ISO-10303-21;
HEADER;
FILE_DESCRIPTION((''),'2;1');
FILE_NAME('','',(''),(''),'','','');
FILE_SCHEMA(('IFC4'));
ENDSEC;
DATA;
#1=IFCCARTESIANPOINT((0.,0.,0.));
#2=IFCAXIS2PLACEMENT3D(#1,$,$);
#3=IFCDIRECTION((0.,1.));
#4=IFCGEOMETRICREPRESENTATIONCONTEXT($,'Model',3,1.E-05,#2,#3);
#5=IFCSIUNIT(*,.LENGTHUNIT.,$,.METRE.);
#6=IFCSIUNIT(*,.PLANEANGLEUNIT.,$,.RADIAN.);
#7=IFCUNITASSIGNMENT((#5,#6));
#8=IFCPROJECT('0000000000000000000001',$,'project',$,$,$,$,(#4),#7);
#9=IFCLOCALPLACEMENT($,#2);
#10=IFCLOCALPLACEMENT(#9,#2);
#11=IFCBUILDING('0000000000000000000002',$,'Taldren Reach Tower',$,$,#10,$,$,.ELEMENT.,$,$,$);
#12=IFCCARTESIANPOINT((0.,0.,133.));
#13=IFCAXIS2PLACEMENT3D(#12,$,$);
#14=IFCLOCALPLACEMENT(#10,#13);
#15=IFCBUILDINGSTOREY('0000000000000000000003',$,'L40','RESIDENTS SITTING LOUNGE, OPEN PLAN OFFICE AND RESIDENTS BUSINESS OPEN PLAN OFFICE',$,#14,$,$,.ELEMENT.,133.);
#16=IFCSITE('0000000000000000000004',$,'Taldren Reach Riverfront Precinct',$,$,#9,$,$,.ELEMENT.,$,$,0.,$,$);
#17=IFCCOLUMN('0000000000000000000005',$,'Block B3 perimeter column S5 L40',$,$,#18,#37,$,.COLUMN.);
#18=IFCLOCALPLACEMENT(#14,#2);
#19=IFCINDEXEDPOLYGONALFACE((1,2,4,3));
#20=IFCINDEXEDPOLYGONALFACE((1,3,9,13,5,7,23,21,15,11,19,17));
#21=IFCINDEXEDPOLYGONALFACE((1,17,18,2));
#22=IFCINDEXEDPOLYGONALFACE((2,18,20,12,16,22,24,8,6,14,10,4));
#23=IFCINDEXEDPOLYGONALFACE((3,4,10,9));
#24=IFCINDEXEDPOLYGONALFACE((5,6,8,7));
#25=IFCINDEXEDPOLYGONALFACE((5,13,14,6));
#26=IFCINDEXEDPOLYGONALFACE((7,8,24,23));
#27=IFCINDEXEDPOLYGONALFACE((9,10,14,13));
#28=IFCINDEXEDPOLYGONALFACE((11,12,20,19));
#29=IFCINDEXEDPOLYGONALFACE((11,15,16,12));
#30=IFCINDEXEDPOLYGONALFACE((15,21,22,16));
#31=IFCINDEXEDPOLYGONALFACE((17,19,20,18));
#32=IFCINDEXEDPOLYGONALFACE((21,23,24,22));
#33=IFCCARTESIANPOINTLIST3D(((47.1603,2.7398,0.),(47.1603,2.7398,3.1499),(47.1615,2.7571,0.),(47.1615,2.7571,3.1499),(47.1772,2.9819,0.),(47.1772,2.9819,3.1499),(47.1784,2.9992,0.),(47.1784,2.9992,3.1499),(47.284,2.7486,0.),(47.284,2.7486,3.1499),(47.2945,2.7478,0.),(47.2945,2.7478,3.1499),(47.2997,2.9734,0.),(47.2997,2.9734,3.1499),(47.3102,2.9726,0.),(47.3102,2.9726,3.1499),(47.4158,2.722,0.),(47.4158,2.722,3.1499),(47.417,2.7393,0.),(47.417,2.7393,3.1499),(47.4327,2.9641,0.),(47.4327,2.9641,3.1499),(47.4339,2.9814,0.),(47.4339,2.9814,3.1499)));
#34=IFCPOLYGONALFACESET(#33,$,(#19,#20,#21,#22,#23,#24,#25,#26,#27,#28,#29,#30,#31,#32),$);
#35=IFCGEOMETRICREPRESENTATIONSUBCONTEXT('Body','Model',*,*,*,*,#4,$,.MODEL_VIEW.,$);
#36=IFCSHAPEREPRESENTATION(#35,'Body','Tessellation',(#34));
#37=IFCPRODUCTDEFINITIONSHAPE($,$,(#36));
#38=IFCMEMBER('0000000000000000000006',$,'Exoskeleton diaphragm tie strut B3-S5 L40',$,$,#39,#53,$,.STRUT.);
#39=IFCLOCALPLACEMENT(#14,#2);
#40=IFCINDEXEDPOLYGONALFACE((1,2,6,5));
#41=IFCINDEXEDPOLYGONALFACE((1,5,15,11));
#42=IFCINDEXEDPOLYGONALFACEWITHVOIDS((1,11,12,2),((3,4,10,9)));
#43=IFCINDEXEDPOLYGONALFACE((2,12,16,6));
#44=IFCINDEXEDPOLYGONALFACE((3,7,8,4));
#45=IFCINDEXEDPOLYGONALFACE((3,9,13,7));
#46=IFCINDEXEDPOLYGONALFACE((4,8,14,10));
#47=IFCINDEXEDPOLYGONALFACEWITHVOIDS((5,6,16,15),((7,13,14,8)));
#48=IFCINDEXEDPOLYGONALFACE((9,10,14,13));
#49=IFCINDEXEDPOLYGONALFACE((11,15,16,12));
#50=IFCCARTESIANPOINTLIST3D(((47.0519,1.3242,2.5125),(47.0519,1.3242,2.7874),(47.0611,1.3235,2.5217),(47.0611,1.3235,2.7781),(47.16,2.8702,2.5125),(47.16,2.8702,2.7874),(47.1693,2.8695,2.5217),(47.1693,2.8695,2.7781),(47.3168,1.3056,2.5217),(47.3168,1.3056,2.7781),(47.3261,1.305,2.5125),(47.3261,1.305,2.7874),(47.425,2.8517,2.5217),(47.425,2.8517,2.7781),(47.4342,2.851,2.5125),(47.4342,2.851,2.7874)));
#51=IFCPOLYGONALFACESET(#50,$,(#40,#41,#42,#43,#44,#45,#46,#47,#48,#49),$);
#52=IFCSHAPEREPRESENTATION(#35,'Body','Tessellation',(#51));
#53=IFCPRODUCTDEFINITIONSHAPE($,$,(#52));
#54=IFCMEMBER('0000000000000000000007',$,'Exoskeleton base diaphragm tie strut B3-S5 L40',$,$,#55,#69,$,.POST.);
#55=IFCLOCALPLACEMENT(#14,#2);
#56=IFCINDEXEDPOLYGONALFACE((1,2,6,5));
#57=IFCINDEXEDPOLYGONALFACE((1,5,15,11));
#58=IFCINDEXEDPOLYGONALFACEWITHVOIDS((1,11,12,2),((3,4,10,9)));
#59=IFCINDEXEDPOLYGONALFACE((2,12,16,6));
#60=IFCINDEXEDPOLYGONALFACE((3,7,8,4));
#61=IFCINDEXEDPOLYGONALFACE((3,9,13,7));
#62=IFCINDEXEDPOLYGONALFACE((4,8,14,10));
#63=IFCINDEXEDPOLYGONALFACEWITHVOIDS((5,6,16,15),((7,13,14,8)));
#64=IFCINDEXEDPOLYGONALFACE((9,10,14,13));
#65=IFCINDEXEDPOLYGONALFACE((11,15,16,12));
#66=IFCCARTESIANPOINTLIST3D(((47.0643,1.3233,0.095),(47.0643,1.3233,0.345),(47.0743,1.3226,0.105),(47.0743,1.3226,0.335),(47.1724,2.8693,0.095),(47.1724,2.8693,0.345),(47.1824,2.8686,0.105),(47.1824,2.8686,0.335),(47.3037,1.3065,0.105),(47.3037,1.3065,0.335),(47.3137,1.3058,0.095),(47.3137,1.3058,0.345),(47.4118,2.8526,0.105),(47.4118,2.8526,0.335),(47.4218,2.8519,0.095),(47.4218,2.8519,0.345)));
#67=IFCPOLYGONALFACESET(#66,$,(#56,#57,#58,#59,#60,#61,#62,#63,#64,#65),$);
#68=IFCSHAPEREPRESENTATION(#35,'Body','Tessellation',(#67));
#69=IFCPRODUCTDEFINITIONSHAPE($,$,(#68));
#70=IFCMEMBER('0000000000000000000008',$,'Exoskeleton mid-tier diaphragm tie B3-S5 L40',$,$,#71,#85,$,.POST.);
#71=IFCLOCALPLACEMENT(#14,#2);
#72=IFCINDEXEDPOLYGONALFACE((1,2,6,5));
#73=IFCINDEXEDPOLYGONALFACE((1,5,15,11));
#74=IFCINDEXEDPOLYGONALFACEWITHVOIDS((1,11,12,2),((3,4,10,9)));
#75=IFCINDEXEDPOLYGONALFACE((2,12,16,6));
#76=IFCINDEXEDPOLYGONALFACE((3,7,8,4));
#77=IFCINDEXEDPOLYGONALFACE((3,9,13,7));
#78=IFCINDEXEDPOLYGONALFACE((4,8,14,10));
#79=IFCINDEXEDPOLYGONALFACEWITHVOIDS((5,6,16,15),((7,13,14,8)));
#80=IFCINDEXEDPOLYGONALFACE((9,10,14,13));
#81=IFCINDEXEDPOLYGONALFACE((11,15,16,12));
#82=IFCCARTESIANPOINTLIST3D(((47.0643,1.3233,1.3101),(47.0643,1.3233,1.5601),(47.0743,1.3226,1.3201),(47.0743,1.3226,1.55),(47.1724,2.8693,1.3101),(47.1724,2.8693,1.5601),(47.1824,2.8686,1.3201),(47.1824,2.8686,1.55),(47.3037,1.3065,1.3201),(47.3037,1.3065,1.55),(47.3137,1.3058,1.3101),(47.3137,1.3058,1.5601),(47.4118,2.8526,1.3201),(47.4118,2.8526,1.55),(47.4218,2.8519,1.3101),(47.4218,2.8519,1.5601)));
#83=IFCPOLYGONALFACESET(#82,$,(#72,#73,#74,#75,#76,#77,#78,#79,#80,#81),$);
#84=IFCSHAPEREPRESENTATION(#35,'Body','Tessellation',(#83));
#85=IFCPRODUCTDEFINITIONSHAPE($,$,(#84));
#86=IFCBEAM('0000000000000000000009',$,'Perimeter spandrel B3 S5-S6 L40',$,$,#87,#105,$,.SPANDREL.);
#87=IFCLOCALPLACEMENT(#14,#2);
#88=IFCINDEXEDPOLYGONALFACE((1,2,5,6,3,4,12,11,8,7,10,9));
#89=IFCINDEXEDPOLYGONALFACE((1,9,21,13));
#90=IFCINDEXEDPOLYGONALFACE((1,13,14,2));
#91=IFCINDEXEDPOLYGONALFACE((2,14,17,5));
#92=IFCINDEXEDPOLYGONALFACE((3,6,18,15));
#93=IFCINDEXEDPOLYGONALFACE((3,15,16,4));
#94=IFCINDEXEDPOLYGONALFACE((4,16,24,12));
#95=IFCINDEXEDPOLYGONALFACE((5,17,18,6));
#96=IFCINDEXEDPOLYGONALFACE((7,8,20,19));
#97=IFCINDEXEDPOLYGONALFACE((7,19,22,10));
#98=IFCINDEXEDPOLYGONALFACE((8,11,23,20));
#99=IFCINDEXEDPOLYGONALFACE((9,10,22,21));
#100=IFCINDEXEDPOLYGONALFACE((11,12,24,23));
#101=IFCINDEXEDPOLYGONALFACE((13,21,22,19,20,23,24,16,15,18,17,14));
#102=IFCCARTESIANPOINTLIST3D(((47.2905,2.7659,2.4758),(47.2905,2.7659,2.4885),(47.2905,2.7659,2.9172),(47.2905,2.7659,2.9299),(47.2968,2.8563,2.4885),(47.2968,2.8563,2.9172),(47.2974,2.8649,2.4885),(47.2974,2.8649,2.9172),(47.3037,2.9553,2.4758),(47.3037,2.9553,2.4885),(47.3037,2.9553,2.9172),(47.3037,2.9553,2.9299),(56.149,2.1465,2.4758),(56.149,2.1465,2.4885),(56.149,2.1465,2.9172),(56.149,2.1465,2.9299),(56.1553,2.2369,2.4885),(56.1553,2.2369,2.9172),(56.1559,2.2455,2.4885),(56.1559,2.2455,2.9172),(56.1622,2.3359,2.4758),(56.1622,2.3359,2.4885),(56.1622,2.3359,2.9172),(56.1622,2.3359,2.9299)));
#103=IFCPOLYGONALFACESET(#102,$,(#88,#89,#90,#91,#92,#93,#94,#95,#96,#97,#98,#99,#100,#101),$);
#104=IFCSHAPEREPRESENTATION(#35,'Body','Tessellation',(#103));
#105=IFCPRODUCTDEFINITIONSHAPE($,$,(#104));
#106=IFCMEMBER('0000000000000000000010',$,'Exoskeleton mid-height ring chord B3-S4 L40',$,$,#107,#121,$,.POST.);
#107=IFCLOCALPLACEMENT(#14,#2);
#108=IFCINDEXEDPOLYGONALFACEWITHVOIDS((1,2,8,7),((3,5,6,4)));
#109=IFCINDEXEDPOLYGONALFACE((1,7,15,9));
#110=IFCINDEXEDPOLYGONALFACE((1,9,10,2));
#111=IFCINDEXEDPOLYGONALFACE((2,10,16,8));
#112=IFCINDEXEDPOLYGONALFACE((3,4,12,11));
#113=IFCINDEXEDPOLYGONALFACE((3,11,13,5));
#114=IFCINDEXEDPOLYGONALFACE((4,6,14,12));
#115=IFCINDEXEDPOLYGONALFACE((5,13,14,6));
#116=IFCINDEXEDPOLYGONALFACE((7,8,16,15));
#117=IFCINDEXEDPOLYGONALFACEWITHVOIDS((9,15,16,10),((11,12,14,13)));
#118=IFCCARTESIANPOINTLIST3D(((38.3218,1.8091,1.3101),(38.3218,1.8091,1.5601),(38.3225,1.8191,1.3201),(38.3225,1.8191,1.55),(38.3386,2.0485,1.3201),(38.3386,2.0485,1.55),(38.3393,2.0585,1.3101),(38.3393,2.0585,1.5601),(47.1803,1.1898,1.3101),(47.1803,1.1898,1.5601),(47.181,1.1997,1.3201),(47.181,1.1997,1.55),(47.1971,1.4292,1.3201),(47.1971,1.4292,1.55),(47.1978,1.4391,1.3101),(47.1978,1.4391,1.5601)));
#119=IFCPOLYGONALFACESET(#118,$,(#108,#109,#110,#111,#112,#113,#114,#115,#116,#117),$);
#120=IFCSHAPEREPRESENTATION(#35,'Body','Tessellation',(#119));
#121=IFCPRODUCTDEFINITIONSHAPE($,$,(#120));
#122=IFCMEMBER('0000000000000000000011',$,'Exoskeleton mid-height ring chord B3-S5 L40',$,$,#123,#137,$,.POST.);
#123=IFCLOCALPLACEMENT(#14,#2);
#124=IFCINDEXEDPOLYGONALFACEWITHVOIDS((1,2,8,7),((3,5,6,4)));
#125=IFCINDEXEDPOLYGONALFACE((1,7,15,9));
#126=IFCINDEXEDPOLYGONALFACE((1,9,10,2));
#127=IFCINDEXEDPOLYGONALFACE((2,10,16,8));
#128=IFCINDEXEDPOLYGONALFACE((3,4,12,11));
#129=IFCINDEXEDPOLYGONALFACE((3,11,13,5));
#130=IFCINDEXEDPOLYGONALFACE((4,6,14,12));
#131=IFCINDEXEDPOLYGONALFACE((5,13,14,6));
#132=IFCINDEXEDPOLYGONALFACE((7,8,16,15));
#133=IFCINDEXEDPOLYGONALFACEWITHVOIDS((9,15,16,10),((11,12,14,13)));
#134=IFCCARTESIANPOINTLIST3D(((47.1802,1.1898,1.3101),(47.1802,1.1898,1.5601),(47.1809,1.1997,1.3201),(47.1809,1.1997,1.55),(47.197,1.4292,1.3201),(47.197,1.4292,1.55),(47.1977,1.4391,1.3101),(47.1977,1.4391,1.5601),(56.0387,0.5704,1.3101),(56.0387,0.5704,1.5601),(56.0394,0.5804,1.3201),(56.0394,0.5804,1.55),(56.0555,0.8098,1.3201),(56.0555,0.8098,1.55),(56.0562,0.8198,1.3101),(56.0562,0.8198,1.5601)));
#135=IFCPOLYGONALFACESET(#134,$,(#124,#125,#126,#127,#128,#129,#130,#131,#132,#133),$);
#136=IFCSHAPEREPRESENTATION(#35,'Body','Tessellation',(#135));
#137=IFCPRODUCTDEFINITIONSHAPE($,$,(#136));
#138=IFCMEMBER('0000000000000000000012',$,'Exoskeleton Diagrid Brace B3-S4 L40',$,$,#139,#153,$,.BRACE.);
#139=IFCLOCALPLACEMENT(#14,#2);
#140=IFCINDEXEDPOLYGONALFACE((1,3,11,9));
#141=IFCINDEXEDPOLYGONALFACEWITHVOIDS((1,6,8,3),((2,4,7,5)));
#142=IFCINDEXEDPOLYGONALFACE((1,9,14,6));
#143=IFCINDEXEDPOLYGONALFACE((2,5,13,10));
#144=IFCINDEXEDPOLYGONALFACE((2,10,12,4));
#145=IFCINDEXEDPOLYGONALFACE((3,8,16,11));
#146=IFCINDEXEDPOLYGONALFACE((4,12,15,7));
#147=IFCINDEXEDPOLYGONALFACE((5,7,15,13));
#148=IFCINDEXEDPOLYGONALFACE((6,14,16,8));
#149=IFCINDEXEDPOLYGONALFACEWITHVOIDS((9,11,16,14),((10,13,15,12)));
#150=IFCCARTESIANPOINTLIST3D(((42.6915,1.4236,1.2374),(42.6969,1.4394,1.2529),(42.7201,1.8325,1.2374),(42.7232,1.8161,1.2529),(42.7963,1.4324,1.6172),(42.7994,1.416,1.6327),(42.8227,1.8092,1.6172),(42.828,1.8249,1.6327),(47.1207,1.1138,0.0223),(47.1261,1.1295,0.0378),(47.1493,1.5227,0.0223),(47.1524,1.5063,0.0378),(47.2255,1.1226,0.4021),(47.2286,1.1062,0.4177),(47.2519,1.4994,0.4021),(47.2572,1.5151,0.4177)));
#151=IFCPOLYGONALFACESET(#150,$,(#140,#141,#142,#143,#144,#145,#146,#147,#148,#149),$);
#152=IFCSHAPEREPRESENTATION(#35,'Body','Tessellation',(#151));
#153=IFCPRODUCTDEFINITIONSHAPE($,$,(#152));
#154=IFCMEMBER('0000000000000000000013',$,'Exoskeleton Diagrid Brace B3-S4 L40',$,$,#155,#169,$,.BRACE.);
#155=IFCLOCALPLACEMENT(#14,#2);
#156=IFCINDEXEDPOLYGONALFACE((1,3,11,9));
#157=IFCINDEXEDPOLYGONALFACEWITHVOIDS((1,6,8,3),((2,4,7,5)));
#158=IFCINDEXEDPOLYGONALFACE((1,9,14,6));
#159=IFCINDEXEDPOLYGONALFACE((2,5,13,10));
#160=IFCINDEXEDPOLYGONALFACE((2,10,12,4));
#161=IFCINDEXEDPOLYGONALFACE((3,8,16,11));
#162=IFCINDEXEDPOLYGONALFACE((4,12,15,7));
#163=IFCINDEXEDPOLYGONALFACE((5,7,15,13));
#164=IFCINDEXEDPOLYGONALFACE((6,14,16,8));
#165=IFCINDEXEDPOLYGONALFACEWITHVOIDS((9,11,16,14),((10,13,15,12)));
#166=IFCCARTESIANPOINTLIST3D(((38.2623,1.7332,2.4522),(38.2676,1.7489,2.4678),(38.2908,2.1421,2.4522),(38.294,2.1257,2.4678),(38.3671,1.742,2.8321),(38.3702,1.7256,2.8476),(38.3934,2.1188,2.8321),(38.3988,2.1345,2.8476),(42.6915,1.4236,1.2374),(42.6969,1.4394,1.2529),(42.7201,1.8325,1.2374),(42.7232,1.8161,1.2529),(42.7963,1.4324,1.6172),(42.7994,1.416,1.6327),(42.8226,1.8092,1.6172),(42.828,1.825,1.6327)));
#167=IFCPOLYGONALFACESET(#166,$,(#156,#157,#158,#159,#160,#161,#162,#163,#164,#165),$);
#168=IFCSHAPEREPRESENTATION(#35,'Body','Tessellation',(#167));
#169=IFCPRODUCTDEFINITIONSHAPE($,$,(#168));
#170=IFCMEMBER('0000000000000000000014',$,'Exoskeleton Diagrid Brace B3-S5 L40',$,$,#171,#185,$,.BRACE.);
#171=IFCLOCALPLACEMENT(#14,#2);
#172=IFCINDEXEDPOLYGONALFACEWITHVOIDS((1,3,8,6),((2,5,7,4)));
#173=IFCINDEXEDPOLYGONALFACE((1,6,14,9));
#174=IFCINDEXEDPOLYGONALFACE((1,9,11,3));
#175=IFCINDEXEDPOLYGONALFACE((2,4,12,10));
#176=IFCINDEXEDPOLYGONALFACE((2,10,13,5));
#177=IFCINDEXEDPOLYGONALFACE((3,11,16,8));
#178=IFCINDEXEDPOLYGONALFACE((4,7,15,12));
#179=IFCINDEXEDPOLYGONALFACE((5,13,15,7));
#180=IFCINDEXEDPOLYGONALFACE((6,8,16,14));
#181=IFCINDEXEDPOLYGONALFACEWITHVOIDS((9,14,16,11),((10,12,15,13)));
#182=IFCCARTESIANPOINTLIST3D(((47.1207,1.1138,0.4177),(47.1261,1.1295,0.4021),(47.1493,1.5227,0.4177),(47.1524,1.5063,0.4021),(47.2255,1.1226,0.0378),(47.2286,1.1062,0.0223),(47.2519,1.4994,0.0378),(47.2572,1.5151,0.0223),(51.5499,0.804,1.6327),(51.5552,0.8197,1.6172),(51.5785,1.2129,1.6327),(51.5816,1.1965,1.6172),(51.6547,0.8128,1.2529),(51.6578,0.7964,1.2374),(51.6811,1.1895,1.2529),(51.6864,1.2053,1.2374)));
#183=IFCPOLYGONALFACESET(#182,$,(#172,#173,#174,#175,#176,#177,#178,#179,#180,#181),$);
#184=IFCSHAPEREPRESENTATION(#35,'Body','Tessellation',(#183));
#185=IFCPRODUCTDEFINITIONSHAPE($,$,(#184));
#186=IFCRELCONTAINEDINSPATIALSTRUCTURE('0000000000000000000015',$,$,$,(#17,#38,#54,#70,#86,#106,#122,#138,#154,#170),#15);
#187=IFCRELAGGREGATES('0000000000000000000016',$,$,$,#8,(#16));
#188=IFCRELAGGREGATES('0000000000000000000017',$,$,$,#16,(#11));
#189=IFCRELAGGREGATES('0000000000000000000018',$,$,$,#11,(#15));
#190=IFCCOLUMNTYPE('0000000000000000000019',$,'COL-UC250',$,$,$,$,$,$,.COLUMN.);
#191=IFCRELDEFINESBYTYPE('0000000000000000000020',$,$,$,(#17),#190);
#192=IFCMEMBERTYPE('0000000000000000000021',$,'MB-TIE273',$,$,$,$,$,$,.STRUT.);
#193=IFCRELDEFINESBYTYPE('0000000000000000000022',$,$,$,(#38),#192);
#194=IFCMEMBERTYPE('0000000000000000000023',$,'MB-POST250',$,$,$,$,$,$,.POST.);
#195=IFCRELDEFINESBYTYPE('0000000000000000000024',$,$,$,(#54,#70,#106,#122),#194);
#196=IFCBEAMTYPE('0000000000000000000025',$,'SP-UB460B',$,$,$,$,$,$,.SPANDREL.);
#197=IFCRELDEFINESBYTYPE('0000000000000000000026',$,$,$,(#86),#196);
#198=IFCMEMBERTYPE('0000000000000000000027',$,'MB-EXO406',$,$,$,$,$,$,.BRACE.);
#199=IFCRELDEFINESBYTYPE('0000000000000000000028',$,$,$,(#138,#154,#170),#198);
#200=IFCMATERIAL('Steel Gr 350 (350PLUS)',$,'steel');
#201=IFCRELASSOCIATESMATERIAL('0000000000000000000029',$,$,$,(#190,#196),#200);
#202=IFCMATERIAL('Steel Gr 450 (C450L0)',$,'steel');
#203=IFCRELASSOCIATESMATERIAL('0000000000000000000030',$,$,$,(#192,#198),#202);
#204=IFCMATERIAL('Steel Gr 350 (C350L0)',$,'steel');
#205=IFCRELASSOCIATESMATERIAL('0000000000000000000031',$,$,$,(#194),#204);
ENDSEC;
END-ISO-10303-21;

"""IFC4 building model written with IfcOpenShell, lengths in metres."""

from ifc_helpers import new_model, si_unit, direction, frame, origin, origin_2d, place, context, subcontext, project, spatial, hollow_rectangle, i_section, extrude, source, transform, mapped, material, material_profile, profile_set, type_object, element, save


model = new_model("IFC4")

# Units and contexts
model_context = context("Model", 3, precision=1e-05, world=origin(), true_north=direction((0.0, 1.0)))
body_context = subcontext(model_context, "Body", "Model", "MODEL_VIEW")
ifc_project = project(units=[si_unit("LENGTHUNIT", "METRE"), si_unit("PLANEANGLEUNIT", "RADIAN")], contexts=[model_context])

# Site, building, storey
site_placement = place(None, origin())
site = spatial("IfcSite", under=ifc_project, at=site_placement, Name="Taldren Reach Riverfront Precinct", CompositionType="ELEMENT", RefElevation=0.0)
building_placement = place(site_placement, origin())
building = spatial("IfcBuilding", under=site, at=building_placement, Name="Taldren Reach Tower", CompositionType="ELEMENT")
storey_placement = place(building_placement, frame((0.0, 0.0, 133.0)))
storey = spatial("IfcBuildingStorey", under=building, at=storey_placement, Name="L40", Description="RESIDENTS SITTING LOUNGE, OPEN PLAN OFFICE AND RESIDENTS BUSINESS OPEN PLAN OFFICE", CompositionType="ELEMENT", Elevation=133.0)

# Column
ifc_material_1 = material(Name="Steel Gr 350 (350PLUS)", Category="steel")
ifc_material_profile_1 = material_profile(ifc_material_1, i_section(OverallWidth=0.2561, OverallDepth=0.26, WebThickness=0.0105, FlangeThickness=0.0173, at=origin_2d()), Name="250UC89.5")
ifc_profile_set_1 = profile_set([ifc_material_profile_1], Name="Steel Gr 350 (350PLUS)")
column_type = type_object("IfcColumnType", Name="COL-UC250", PredefinedType="COLUMN", material=ifc_profile_set_1)
shared_shape_1 = source(origin(), body_context, "Body", "SweptSolid", [
    extrude(i_section(OverallWidth=0.2561, OverallDepth=0.26, WebThickness=0.0105, FlangeThickness=0.0173, at=origin_2d()), origin(), (0.0, 0.0, 1.0), 3.1499),
])
column_placement = place(storey_placement, frame((47.2971, 2.8606, 0.0), z_axis=(0.0, 0.0, 1.0), x_axis=(0.997564, -0.069756, 0.0)))
element("IfcColumn", 1, at=column_placement, inside=storey, type_object=column_type, Name="Block B3 perimeter column S5 L40", PredefinedType="COLUMN", context=body_context, shape_type="MappedRepresentation", body=[
    mapped(shared_shape_1, transform((0.0, 0.0, 0.0), scale=1.0)),
])

# Members
ifc_material_2 = material(Name="Steel Gr 450 (C450L0)", Category="steel")
ifc_material_profile_2 = material_profile(ifc_material_2, hollow_rectangle(XDim=0.2749, YDim=0.2749, WallThickness=0.0093, at=origin_2d()), Name="275x275x9.3SHS")
ifc_profile_set_2 = profile_set([ifc_material_profile_2], Name="Steel Gr 450 (C450L0)")
member_type_1 = type_object("IfcMemberType", Name="MB-TIE273", PredefinedType="STRUT", material=ifc_profile_set_2)
shared_shape_2 = source(origin(), body_context, "Body", "SweptSolid", [
    extrude(hollow_rectangle(XDim=0.2749, YDim=0.2749, WallThickness=0.0093, at=origin_2d()), origin(), (0.0, 0.0, 1.0), 1.5498),
])
member_1_placement = place(storey_placement, frame((47.2971, 2.8606, 2.6499), z_axis=(-0.069781, -0.997562, 0.0), x_axis=(0.997562, -0.069781, 0.0)))
element("IfcMember", 2, at=member_1_placement, inside=storey, type_object=member_type_1, Name="Exoskeleton diaphragm tie strut B3-S5 L40", PredefinedType="STRUT", context=body_context, shape_type="MappedRepresentation", body=[
    mapped(shared_shape_2, transform((0.0, 0.0, 0.0), scale=1.0)),
])
ifc_material_3 = material(Name="Steel Gr 350 (C350L0)", Category="steel")
ifc_material_profile_3 = material_profile(ifc_material_3, hollow_rectangle(XDim=0.25, YDim=0.25, WallThickness=0.01, at=origin_2d()), Name="250x250x10.0SHS")
ifc_profile_set_3 = profile_set([ifc_material_profile_3], Name="Steel Gr 350 (C350L0)")
member_type_2 = type_object("IfcMemberType", Name="MB-POST250", PredefinedType="POST", material=ifc_profile_set_3)
shared_shape_3 = source(origin(), body_context, "Body", "SweptSolid", [
    extrude(hollow_rectangle(XDim=0.25, YDim=0.25, WallThickness=0.01, at=origin_2d()), origin(), (0.0, 0.0, 1.0), 1.5498),
])
for number, where, z_axis, x_axis, name in (
    (3, (47.2971, 2.8606, 0.22), (-0.069781, -0.997562, 0.0), (0.997562, -0.069781, 0.0), "Exoskeleton base diaphragm tie strut B3-S5 L40"),
    (4, (47.2971, 2.8606, 1.4351), (-0.069781, -0.997562, 0.0), (0.997562, -0.069781, 0.0), "Exoskeleton mid-tier diaphragm tie B3-S5 L40"),
):
    element("IfcMember", number, at=place(storey_placement, frame(where, z_axis=z_axis, x_axis=x_axis)), inside=storey, type_object=member_type_2, Name=name, PredefinedType="POST", context=body_context, shape_type="MappedRepresentation", body=[
        mapped(shared_shape_3, transform((0.0, 0.0, 0.0), scale=1.0)),
    ])

# Beam
ifc_material_profile_4 = material_profile(ifc_material_1, i_section(OverallWidth=0.1899, OverallDepth=0.4541, WebThickness=0.0085, FlangeThickness=0.0127, at=origin_2d()), Name="460UB67.1")
ifc_profile_set_4 = profile_set([ifc_material_profile_4], Name="Steel Gr 350 (350PLUS)")
beam_type = type_object("IfcBeamType", Name="SP-UB460B", PredefinedType="SPANDREL", material=ifc_profile_set_4)
shared_shape_4 = source(origin(), body_context, "Body", "SweptSolid", [
    extrude(i_section(OverallWidth=0.1899, OverallDepth=0.4541, WebThickness=0.0085, FlangeThickness=0.0127, at=origin_2d()), origin(), (0.0, 0.0, 1.0), 8.8801),
])
beam_placement = place(storey_placement, frame((47.2971, 2.8606, 2.7029), z_axis=(0.997564, -0.06975, 0.0), x_axis=(0.06975, 0.997564, 0.0)))
element("IfcBeam", 5, at=beam_placement, inside=storey, type_object=beam_type, Name="Perimeter spandrel B3 S5-S6 L40", PredefinedType="SPANDREL", context=body_context, shape_type="MappedRepresentation", body=[
    mapped(shared_shape_4, transform((0.0, 0.0, 0.0), scale=1.0)),
])

# Members
shared_shape_5 = source(origin(), body_context, "Body", "SweptSolid", [
    extrude(hollow_rectangle(XDim=0.25, YDim=0.25, WallThickness=0.01, at=origin_2d()), origin(), (0.0, 0.0, 1.0), 8.8801),
])
for number, where, z_axis, x_axis, name in (
    (6, (38.3306, 1.9338, 1.4351), (0.997564, -0.06975, 0.0), (0.06975, 0.997564, 0.0), "Exoskeleton mid-height ring chord B3-S4 L40"),
    (7, (47.189, 1.3145, 1.4351), (0.997564, -0.06975, 0.0), (0.06975, 0.997564, 0.0), "Exoskeleton mid-height ring chord B3-S5 L40"),
):
    element("IfcMember", number, at=place(storey_placement, frame(where, z_axis=z_axis, x_axis=x_axis)), inside=storey, type_object=member_type_2, Name=name, PredefinedType="POST", context=body_context, shape_type="MappedRepresentation", body=[
        mapped(shared_shape_5, transform((0.0, 0.0, 0.0), scale=1.0)),
    ])
ifc_material_profile_5 = material_profile(ifc_material_2, hollow_rectangle(XDim=0.4099, YDim=0.4099, WallThickness=0.0161, at=origin_2d()), Name="410x410x16.0SHS")
ifc_profile_set_5 = profile_set([ifc_material_profile_5], Name="Steel Gr 450 (C450L0)")
member_type_3 = type_object("IfcMemberType", Name="MB-EXO406", PredefinedType="BRACE", material=ifc_profile_set_5)
shared_shape_6 = source(origin(), body_context, "Body", "SweptSolid", [
    extrude(hollow_rectangle(XDim=0.4099, YDim=0.4099, WallThickness=0.0161, at=origin_2d()), origin(), (0.0, 0.0, 1.0), 4.6033),
])
for number, where, z_axis, x_axis, name in (
    (8, (47.189, 1.3145, 0.22), (-0.962182, 0.067303, 0.263961), (-0.069778, -0.997563, 0.0), "Exoskeleton Diagrid Brace B3-S4 L40"),
    (9, (42.7598, 1.6243, 1.4351), (-0.962199, 0.067251, 0.263913), (-0.069723, -0.997566, 0.0), "Exoskeleton Diagrid Brace B3-S4 L40"),
    (10, (47.189, 1.3145, 0.22), (0.962182, -0.067303, 0.263961), (0.069778, 0.997563, 0.0), "Exoskeleton Diagrid Brace B3-S5 L40"),
):
    element("IfcMember", number, at=place(storey_placement, frame(where, z_axis=z_axis, x_axis=x_axis)), inside=storey, type_object=member_type_3, Name=name, PredefinedType="BRACE", context=body_context, shape_type="MappedRepresentation", body=[
        mapped(shared_shape_6, transform((0.0, 0.0, 0.0), scale=1.0)),
    ])

save(model, "model.ifc")
